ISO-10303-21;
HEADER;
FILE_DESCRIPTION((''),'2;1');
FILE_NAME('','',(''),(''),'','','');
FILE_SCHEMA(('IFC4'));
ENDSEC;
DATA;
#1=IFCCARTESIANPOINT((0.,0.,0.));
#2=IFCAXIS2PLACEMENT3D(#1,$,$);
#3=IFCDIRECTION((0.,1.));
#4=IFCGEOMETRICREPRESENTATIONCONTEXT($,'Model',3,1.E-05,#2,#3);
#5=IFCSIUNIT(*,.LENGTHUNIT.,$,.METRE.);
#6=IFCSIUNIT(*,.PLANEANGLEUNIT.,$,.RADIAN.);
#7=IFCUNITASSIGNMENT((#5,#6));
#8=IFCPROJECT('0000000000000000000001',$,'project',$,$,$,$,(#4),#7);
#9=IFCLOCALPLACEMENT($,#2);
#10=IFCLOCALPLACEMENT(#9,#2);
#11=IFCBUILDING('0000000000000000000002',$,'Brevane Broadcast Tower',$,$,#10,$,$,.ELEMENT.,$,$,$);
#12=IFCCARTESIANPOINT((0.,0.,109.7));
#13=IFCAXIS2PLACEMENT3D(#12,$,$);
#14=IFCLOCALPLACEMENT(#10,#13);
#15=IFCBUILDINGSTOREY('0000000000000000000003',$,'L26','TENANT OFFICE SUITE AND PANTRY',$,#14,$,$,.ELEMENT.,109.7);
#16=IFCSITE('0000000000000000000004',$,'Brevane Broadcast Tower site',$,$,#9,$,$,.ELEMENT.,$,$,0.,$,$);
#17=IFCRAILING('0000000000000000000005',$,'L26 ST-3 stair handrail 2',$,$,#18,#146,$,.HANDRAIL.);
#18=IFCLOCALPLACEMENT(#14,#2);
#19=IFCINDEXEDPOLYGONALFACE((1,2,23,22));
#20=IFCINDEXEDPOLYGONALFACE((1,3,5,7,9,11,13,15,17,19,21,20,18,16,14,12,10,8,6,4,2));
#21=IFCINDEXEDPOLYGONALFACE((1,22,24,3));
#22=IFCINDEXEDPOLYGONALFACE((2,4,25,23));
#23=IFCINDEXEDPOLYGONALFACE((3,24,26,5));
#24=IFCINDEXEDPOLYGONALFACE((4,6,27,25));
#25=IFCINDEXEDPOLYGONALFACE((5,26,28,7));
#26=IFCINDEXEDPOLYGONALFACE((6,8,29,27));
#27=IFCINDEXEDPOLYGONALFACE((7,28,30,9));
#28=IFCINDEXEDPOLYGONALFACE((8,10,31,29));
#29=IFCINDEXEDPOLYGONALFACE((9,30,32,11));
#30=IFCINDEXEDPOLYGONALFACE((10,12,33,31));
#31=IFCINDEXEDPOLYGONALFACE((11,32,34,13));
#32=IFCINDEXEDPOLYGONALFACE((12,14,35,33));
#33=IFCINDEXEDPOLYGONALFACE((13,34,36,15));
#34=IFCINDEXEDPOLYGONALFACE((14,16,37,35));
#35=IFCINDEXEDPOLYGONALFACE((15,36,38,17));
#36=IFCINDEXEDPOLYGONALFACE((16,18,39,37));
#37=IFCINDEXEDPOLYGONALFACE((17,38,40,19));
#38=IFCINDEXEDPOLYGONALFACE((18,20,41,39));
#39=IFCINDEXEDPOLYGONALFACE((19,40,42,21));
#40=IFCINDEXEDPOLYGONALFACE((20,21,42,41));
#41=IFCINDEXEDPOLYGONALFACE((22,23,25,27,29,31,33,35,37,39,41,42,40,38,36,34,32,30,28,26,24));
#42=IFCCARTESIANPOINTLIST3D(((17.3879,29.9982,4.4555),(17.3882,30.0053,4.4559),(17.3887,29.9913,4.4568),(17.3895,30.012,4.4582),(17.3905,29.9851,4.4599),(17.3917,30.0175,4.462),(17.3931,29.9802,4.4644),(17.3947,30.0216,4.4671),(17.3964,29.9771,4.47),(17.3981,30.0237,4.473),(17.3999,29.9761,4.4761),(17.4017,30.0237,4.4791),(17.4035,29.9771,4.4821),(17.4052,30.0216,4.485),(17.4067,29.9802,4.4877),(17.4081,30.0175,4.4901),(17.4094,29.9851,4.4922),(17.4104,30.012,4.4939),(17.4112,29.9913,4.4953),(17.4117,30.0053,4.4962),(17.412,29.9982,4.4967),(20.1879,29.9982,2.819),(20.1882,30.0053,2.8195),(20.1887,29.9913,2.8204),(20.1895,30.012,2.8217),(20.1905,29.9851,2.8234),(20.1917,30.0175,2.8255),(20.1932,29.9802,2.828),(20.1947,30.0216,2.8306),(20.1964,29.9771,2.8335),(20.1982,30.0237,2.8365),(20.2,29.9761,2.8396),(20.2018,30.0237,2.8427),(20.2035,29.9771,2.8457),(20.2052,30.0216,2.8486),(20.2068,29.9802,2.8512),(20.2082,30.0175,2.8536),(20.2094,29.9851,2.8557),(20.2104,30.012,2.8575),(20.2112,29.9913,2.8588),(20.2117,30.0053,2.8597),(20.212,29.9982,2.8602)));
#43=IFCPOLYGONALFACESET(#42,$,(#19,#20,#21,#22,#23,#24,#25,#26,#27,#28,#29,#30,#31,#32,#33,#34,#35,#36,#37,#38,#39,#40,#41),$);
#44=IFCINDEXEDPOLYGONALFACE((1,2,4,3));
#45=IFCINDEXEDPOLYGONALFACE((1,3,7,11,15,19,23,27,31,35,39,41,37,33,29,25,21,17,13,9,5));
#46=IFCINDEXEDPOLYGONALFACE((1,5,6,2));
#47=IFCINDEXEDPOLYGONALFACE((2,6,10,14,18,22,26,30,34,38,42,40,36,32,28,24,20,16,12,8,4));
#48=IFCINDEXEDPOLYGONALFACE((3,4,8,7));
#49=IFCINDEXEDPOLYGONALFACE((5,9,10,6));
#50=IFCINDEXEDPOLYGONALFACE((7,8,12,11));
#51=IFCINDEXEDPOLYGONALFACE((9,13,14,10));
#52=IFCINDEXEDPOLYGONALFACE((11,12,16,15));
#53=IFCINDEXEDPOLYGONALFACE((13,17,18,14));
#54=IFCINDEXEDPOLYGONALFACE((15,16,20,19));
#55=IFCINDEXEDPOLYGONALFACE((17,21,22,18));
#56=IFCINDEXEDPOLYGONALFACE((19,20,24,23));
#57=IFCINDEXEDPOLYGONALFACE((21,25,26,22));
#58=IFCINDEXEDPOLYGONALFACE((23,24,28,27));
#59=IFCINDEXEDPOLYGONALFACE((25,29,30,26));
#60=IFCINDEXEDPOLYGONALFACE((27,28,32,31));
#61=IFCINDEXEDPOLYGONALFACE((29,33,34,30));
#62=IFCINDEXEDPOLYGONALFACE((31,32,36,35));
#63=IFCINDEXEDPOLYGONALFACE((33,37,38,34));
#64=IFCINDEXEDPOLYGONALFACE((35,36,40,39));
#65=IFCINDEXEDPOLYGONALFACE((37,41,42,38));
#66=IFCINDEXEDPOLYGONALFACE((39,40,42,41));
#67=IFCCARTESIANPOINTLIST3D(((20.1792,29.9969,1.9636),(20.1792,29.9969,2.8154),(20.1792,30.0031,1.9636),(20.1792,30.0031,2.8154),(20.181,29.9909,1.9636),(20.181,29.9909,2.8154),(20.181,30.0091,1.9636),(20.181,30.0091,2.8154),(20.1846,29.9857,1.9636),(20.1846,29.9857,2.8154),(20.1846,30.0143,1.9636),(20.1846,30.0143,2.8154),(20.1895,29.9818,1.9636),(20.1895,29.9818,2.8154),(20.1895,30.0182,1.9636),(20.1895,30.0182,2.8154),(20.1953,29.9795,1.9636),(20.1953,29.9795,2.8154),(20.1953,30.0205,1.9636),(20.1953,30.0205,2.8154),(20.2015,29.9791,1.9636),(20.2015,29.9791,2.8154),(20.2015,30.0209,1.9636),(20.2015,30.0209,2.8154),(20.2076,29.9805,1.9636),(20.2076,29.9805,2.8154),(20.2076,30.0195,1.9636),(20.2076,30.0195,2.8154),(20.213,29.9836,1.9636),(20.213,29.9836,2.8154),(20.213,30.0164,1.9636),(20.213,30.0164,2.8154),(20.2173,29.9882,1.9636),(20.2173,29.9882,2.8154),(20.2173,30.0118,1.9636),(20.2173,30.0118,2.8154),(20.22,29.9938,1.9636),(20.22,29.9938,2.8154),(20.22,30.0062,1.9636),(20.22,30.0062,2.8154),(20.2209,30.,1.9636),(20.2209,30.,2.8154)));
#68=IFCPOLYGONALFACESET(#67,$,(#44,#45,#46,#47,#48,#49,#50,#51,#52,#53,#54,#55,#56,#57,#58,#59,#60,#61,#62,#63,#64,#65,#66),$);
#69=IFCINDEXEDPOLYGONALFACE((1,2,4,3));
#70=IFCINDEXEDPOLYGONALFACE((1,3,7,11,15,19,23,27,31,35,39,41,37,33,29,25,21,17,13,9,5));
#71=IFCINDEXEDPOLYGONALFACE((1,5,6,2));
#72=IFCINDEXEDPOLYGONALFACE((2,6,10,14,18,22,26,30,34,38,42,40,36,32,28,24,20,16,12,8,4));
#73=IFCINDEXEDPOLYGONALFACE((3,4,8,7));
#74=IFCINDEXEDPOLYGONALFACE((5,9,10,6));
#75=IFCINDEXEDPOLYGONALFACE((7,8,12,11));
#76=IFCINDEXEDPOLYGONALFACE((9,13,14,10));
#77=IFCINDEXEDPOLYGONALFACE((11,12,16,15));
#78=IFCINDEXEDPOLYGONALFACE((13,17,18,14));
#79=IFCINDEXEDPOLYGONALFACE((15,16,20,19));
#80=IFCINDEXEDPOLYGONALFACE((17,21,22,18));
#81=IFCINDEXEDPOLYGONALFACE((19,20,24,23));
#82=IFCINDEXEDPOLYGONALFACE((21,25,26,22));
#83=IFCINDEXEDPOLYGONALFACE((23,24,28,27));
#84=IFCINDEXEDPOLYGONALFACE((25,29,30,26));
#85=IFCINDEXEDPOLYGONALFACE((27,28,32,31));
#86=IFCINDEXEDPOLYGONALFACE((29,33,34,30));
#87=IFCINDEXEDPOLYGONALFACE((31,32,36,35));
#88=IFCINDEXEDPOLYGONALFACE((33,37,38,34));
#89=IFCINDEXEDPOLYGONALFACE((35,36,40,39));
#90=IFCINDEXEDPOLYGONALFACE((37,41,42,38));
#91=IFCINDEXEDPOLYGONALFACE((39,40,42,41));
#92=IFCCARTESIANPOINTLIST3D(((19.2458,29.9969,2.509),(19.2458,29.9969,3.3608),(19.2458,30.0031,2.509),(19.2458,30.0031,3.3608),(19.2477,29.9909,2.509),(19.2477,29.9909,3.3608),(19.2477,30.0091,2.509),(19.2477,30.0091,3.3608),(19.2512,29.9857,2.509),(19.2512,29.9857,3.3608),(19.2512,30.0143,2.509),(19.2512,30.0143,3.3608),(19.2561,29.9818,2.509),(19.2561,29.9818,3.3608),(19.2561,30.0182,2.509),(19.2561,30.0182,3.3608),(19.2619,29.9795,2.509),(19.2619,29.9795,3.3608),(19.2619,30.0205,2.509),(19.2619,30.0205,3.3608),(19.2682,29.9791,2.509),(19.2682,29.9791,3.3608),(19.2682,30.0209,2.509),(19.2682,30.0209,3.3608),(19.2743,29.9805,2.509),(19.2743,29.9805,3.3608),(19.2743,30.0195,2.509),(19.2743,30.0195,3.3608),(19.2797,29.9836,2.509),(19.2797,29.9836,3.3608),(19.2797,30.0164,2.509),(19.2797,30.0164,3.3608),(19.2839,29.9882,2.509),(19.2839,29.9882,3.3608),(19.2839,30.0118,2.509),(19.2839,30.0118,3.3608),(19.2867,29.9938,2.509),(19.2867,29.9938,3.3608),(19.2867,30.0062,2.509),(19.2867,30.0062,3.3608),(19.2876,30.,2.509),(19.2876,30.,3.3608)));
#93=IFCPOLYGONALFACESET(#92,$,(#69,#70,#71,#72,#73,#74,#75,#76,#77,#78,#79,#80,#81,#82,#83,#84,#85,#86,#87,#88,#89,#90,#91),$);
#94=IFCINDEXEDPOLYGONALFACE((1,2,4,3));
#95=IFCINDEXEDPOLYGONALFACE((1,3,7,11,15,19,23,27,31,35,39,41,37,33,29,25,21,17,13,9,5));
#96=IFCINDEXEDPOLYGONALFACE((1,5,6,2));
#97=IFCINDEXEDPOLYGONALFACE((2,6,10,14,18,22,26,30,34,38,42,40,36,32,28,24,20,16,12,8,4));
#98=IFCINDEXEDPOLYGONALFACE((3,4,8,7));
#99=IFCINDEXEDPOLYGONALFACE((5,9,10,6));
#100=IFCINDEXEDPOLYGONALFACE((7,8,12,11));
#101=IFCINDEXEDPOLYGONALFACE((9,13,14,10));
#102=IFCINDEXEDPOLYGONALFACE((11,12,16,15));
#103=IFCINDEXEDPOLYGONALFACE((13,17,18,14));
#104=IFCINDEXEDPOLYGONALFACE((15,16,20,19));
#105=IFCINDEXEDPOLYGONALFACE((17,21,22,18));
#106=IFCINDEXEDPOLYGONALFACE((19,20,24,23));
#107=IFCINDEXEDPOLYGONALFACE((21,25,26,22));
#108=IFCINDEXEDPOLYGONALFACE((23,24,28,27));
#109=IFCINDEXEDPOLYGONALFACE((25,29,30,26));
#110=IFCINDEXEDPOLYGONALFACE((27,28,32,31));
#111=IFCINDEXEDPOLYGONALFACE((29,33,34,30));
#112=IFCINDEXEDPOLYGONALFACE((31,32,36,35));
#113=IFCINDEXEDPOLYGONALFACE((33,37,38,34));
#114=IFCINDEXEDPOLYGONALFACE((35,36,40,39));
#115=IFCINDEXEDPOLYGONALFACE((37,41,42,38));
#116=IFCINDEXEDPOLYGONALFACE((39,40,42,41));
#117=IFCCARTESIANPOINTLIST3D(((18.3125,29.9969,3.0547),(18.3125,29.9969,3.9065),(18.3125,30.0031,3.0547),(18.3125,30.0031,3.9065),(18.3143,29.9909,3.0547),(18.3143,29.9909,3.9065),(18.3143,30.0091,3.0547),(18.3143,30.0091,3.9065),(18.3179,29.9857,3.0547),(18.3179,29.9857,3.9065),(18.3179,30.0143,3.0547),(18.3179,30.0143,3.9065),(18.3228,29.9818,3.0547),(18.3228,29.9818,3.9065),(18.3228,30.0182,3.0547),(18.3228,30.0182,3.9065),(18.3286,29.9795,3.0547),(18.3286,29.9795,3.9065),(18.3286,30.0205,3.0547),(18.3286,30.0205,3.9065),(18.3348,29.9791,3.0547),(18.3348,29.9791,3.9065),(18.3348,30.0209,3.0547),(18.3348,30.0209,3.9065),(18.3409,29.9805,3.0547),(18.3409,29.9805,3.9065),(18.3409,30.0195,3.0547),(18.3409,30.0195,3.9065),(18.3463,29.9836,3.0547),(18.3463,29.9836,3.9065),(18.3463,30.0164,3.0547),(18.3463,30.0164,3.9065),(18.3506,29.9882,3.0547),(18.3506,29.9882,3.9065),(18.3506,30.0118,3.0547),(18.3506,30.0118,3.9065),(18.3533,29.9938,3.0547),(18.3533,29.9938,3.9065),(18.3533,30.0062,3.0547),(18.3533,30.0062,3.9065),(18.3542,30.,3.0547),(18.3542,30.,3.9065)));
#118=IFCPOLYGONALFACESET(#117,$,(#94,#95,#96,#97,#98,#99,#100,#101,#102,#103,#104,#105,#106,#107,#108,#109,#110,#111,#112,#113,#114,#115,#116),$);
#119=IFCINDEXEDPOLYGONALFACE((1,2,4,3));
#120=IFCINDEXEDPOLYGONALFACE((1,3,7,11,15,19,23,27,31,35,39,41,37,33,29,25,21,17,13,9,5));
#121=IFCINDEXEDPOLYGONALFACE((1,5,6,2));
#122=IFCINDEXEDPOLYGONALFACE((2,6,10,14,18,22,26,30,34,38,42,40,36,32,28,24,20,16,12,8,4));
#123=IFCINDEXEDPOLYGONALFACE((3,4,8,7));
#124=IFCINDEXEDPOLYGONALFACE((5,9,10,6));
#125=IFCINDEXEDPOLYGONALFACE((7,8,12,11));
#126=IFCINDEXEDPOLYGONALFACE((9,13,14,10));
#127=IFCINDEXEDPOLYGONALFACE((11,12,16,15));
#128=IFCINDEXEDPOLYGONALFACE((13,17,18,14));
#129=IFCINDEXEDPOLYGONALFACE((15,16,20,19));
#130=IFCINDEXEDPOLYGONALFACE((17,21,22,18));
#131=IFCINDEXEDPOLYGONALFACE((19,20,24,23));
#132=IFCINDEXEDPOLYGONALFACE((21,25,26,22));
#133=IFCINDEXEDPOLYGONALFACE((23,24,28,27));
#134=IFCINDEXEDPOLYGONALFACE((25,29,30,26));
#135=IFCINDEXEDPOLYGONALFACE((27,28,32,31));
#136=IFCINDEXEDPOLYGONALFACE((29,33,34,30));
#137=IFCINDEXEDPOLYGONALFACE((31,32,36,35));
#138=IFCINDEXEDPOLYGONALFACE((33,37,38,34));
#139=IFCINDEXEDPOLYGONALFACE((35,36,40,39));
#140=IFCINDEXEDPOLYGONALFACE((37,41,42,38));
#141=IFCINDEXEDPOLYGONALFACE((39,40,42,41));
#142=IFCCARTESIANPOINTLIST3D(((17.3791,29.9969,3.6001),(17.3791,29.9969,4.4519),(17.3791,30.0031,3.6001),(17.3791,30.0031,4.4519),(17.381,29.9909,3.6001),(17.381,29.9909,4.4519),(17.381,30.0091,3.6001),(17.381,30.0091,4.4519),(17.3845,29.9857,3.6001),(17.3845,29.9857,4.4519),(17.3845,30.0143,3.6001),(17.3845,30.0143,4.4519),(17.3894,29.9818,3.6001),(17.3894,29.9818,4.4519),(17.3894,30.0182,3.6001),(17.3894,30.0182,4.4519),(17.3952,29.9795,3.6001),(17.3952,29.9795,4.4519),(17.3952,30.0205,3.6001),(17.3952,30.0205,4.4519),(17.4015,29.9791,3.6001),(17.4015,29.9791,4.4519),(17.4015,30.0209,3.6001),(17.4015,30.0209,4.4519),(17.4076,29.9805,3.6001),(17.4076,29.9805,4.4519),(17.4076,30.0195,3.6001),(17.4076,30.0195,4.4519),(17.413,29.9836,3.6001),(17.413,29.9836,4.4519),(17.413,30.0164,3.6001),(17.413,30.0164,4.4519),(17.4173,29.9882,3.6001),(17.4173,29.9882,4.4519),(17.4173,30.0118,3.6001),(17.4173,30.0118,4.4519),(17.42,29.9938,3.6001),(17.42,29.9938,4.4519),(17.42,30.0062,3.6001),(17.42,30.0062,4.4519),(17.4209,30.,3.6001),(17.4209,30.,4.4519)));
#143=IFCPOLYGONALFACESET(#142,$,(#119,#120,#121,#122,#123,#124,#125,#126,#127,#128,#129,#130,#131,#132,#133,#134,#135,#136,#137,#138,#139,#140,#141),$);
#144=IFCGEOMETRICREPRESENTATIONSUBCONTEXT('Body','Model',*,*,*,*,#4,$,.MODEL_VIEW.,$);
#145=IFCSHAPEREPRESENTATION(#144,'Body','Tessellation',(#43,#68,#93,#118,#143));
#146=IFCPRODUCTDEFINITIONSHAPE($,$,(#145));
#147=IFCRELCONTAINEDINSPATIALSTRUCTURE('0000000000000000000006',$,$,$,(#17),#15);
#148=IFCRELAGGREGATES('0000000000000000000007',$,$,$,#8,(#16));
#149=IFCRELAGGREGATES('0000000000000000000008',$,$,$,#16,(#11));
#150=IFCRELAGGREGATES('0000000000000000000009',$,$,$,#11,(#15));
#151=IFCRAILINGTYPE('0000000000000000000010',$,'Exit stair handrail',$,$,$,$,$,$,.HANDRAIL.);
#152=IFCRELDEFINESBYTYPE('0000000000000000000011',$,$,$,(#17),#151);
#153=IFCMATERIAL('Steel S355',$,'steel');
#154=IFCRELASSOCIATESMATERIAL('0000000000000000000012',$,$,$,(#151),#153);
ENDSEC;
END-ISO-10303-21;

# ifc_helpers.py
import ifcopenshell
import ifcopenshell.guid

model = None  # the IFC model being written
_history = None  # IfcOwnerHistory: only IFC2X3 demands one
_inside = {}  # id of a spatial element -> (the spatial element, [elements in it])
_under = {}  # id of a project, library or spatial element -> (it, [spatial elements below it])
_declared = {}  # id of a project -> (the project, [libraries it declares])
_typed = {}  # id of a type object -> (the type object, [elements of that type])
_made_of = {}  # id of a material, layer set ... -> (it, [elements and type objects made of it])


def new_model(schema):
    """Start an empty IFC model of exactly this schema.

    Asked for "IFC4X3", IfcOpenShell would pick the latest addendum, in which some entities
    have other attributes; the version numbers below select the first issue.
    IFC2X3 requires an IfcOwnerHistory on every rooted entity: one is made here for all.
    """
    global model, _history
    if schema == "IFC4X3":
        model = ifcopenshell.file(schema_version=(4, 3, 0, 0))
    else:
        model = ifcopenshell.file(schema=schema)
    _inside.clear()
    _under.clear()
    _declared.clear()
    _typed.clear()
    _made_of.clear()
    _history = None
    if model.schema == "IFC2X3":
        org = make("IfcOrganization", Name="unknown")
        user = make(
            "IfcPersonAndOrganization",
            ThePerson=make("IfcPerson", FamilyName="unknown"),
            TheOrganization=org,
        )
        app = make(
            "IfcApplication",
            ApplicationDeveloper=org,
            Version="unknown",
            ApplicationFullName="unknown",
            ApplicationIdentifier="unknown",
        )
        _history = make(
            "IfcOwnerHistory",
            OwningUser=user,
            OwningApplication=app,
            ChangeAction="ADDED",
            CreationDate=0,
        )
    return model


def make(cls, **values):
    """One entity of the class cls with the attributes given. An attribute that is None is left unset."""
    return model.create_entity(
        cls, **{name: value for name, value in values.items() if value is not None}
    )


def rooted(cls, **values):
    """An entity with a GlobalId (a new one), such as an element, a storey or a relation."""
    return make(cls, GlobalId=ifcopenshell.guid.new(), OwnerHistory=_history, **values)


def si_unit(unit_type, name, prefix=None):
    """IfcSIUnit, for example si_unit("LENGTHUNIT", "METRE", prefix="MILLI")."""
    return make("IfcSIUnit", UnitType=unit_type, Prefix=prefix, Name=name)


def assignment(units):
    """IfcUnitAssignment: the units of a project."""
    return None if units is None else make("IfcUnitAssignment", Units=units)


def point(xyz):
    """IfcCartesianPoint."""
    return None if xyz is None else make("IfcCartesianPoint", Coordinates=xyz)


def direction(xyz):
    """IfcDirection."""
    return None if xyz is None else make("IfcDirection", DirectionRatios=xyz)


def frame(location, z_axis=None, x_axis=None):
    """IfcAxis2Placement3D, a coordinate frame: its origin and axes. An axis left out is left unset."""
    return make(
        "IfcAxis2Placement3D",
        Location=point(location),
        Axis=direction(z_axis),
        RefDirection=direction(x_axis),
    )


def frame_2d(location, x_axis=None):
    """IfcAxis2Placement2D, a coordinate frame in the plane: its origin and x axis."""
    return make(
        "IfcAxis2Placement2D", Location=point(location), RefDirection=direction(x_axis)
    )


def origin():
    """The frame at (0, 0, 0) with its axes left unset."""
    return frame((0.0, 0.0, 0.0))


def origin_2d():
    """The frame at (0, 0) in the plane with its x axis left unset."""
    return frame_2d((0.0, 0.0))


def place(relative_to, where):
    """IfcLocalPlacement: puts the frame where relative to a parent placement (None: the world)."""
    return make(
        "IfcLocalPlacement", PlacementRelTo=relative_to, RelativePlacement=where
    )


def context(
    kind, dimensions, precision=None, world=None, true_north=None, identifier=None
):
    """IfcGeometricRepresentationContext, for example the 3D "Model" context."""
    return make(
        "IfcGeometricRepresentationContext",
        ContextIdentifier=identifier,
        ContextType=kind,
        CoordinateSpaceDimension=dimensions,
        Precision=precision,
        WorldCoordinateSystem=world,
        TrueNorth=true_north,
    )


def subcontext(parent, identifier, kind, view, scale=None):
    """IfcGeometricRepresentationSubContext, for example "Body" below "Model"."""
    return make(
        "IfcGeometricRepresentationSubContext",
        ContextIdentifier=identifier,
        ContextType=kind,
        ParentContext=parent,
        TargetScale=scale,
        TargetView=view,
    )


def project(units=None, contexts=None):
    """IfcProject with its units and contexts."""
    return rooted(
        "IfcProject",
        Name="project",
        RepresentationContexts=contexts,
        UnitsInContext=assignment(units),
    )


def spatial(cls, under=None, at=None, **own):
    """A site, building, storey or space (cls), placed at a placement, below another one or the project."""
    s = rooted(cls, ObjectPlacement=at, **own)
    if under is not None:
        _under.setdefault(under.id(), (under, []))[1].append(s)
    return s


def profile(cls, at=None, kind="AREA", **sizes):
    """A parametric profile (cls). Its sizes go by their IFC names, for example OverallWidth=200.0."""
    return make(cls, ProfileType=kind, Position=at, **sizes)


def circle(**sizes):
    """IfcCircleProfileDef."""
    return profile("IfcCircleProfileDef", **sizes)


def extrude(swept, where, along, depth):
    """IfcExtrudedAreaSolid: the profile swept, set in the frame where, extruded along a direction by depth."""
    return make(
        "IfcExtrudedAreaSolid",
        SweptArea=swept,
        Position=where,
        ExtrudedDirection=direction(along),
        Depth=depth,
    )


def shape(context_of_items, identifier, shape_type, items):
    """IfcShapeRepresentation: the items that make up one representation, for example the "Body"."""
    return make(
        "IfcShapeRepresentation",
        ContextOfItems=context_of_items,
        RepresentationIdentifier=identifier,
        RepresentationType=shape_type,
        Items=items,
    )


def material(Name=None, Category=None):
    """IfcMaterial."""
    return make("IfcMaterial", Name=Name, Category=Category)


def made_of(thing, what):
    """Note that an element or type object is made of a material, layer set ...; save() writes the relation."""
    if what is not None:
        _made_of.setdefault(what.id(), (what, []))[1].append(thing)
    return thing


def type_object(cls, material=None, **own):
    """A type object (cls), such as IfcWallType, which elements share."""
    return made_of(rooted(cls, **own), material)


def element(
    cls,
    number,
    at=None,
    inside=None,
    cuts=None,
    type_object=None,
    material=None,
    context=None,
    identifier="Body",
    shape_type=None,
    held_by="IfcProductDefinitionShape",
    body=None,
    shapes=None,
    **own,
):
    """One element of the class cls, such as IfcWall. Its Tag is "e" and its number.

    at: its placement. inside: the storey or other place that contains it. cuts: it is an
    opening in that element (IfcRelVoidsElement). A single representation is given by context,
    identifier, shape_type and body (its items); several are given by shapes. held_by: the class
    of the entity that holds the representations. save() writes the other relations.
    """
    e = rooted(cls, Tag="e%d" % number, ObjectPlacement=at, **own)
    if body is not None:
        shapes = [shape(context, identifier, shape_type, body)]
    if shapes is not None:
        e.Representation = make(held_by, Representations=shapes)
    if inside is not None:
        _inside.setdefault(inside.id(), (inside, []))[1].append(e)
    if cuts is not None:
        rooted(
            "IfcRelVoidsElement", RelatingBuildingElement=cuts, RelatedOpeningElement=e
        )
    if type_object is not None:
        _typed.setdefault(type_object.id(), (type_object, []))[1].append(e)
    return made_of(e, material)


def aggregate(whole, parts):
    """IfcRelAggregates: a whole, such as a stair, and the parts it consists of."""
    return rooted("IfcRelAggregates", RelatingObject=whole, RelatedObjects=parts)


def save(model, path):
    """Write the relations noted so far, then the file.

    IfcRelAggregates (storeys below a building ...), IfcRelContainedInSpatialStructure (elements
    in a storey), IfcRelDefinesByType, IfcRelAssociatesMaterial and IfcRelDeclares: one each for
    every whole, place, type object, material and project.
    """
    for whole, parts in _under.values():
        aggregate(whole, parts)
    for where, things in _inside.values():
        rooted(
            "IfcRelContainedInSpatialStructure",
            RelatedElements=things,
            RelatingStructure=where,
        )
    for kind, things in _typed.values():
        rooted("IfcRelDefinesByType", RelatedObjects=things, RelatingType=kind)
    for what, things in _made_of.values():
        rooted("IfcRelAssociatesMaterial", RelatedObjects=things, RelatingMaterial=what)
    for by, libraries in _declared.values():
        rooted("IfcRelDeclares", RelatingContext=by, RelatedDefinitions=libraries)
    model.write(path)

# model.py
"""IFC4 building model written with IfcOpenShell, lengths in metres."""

from ifc_helpers import new_model, si_unit, direction, frame, origin, origin_2d, place, context, subcontext, project, spatial, circle, extrude, material, type_object, element, save


model = new_model("IFC4")

# Units and contexts
model_context = context("Model", 3, precision=1e-05, world=origin(), true_north=direction((0.0, 1.0)))
body_context = subcontext(model_context, "Body", "Model", "MODEL_VIEW")
ifc_project = project(units=[si_unit("LENGTHUNIT", "METRE"), si_unit("PLANEANGLEUNIT", "RADIAN")], contexts=[model_context])

# Site, building, storey
site_placement = place(None, origin())
site = spatial("IfcSite", under=ifc_project, at=site_placement, Name="Brevane Broadcast Tower site", CompositionType="ELEMENT", RefElevation=0.0)
building_placement = place(site_placement, origin())
building = spatial("IfcBuilding", under=site, at=building_placement, Name="Brevane Broadcast Tower", CompositionType="ELEMENT")
storey_placement = place(building_placement, frame((0.0, 0.0, 109.7)))
storey = spatial("IfcBuildingStorey", under=building, at=storey_placement, Name="L26", Description="TENANT OFFICE SUITE AND PANTRY", CompositionType="ELEMENT", Elevation=109.7)

# Railing
ifc_material_1 = material(Name="Steel S355", Category="steel")
railing_type_1 = type_object("IfcRailingType", Name="Exit stair handrail", PredefinedType="HANDRAIL", material=ifc_material_1)
railing_1_placement = place(storey_placement, frame((20.2, 30.0, 1.9636)))
element("IfcRailing", 1, at=railing_1_placement, inside=storey, type_object=railing_type_1, Name="L26 ST-3 stair handrail 2", PredefinedType="HANDRAIL", context=body_context, shape_type="SweptSolid", body=[
    extrude(circle(Radius=0.0239, at=origin_2d()), frame((0.0, 0.0, 0.876), z_axis=(-0.863361, 0.0, 0.504587), x_axis=(0.0, -1.0, 0.0)), (0.0, 0.0, 1.0), 3.2432),
    extrude(circle(Radius=0.021, at=origin_2d()), origin(), (0.0, 0.0, 1.0), 0.8518),
    extrude(circle(Radius=0.021, at=origin_2d()), frame((-0.9333, 0.0, 0.5454)), (0.0, 0.0, 1.0), 0.8518),
    extrude(circle(Radius=0.021, at=origin_2d()), frame((-1.8667, 0.0, 1.0911)), (0.0, 0.0, 1.0), 0.8518),
    extrude(circle(Radius=0.021, at=origin_2d()), frame((-2.8, 0.0, 1.6365)), (0.0, 0.0, 1.0), 0.8518),
])

save(model, "model.ifc")
